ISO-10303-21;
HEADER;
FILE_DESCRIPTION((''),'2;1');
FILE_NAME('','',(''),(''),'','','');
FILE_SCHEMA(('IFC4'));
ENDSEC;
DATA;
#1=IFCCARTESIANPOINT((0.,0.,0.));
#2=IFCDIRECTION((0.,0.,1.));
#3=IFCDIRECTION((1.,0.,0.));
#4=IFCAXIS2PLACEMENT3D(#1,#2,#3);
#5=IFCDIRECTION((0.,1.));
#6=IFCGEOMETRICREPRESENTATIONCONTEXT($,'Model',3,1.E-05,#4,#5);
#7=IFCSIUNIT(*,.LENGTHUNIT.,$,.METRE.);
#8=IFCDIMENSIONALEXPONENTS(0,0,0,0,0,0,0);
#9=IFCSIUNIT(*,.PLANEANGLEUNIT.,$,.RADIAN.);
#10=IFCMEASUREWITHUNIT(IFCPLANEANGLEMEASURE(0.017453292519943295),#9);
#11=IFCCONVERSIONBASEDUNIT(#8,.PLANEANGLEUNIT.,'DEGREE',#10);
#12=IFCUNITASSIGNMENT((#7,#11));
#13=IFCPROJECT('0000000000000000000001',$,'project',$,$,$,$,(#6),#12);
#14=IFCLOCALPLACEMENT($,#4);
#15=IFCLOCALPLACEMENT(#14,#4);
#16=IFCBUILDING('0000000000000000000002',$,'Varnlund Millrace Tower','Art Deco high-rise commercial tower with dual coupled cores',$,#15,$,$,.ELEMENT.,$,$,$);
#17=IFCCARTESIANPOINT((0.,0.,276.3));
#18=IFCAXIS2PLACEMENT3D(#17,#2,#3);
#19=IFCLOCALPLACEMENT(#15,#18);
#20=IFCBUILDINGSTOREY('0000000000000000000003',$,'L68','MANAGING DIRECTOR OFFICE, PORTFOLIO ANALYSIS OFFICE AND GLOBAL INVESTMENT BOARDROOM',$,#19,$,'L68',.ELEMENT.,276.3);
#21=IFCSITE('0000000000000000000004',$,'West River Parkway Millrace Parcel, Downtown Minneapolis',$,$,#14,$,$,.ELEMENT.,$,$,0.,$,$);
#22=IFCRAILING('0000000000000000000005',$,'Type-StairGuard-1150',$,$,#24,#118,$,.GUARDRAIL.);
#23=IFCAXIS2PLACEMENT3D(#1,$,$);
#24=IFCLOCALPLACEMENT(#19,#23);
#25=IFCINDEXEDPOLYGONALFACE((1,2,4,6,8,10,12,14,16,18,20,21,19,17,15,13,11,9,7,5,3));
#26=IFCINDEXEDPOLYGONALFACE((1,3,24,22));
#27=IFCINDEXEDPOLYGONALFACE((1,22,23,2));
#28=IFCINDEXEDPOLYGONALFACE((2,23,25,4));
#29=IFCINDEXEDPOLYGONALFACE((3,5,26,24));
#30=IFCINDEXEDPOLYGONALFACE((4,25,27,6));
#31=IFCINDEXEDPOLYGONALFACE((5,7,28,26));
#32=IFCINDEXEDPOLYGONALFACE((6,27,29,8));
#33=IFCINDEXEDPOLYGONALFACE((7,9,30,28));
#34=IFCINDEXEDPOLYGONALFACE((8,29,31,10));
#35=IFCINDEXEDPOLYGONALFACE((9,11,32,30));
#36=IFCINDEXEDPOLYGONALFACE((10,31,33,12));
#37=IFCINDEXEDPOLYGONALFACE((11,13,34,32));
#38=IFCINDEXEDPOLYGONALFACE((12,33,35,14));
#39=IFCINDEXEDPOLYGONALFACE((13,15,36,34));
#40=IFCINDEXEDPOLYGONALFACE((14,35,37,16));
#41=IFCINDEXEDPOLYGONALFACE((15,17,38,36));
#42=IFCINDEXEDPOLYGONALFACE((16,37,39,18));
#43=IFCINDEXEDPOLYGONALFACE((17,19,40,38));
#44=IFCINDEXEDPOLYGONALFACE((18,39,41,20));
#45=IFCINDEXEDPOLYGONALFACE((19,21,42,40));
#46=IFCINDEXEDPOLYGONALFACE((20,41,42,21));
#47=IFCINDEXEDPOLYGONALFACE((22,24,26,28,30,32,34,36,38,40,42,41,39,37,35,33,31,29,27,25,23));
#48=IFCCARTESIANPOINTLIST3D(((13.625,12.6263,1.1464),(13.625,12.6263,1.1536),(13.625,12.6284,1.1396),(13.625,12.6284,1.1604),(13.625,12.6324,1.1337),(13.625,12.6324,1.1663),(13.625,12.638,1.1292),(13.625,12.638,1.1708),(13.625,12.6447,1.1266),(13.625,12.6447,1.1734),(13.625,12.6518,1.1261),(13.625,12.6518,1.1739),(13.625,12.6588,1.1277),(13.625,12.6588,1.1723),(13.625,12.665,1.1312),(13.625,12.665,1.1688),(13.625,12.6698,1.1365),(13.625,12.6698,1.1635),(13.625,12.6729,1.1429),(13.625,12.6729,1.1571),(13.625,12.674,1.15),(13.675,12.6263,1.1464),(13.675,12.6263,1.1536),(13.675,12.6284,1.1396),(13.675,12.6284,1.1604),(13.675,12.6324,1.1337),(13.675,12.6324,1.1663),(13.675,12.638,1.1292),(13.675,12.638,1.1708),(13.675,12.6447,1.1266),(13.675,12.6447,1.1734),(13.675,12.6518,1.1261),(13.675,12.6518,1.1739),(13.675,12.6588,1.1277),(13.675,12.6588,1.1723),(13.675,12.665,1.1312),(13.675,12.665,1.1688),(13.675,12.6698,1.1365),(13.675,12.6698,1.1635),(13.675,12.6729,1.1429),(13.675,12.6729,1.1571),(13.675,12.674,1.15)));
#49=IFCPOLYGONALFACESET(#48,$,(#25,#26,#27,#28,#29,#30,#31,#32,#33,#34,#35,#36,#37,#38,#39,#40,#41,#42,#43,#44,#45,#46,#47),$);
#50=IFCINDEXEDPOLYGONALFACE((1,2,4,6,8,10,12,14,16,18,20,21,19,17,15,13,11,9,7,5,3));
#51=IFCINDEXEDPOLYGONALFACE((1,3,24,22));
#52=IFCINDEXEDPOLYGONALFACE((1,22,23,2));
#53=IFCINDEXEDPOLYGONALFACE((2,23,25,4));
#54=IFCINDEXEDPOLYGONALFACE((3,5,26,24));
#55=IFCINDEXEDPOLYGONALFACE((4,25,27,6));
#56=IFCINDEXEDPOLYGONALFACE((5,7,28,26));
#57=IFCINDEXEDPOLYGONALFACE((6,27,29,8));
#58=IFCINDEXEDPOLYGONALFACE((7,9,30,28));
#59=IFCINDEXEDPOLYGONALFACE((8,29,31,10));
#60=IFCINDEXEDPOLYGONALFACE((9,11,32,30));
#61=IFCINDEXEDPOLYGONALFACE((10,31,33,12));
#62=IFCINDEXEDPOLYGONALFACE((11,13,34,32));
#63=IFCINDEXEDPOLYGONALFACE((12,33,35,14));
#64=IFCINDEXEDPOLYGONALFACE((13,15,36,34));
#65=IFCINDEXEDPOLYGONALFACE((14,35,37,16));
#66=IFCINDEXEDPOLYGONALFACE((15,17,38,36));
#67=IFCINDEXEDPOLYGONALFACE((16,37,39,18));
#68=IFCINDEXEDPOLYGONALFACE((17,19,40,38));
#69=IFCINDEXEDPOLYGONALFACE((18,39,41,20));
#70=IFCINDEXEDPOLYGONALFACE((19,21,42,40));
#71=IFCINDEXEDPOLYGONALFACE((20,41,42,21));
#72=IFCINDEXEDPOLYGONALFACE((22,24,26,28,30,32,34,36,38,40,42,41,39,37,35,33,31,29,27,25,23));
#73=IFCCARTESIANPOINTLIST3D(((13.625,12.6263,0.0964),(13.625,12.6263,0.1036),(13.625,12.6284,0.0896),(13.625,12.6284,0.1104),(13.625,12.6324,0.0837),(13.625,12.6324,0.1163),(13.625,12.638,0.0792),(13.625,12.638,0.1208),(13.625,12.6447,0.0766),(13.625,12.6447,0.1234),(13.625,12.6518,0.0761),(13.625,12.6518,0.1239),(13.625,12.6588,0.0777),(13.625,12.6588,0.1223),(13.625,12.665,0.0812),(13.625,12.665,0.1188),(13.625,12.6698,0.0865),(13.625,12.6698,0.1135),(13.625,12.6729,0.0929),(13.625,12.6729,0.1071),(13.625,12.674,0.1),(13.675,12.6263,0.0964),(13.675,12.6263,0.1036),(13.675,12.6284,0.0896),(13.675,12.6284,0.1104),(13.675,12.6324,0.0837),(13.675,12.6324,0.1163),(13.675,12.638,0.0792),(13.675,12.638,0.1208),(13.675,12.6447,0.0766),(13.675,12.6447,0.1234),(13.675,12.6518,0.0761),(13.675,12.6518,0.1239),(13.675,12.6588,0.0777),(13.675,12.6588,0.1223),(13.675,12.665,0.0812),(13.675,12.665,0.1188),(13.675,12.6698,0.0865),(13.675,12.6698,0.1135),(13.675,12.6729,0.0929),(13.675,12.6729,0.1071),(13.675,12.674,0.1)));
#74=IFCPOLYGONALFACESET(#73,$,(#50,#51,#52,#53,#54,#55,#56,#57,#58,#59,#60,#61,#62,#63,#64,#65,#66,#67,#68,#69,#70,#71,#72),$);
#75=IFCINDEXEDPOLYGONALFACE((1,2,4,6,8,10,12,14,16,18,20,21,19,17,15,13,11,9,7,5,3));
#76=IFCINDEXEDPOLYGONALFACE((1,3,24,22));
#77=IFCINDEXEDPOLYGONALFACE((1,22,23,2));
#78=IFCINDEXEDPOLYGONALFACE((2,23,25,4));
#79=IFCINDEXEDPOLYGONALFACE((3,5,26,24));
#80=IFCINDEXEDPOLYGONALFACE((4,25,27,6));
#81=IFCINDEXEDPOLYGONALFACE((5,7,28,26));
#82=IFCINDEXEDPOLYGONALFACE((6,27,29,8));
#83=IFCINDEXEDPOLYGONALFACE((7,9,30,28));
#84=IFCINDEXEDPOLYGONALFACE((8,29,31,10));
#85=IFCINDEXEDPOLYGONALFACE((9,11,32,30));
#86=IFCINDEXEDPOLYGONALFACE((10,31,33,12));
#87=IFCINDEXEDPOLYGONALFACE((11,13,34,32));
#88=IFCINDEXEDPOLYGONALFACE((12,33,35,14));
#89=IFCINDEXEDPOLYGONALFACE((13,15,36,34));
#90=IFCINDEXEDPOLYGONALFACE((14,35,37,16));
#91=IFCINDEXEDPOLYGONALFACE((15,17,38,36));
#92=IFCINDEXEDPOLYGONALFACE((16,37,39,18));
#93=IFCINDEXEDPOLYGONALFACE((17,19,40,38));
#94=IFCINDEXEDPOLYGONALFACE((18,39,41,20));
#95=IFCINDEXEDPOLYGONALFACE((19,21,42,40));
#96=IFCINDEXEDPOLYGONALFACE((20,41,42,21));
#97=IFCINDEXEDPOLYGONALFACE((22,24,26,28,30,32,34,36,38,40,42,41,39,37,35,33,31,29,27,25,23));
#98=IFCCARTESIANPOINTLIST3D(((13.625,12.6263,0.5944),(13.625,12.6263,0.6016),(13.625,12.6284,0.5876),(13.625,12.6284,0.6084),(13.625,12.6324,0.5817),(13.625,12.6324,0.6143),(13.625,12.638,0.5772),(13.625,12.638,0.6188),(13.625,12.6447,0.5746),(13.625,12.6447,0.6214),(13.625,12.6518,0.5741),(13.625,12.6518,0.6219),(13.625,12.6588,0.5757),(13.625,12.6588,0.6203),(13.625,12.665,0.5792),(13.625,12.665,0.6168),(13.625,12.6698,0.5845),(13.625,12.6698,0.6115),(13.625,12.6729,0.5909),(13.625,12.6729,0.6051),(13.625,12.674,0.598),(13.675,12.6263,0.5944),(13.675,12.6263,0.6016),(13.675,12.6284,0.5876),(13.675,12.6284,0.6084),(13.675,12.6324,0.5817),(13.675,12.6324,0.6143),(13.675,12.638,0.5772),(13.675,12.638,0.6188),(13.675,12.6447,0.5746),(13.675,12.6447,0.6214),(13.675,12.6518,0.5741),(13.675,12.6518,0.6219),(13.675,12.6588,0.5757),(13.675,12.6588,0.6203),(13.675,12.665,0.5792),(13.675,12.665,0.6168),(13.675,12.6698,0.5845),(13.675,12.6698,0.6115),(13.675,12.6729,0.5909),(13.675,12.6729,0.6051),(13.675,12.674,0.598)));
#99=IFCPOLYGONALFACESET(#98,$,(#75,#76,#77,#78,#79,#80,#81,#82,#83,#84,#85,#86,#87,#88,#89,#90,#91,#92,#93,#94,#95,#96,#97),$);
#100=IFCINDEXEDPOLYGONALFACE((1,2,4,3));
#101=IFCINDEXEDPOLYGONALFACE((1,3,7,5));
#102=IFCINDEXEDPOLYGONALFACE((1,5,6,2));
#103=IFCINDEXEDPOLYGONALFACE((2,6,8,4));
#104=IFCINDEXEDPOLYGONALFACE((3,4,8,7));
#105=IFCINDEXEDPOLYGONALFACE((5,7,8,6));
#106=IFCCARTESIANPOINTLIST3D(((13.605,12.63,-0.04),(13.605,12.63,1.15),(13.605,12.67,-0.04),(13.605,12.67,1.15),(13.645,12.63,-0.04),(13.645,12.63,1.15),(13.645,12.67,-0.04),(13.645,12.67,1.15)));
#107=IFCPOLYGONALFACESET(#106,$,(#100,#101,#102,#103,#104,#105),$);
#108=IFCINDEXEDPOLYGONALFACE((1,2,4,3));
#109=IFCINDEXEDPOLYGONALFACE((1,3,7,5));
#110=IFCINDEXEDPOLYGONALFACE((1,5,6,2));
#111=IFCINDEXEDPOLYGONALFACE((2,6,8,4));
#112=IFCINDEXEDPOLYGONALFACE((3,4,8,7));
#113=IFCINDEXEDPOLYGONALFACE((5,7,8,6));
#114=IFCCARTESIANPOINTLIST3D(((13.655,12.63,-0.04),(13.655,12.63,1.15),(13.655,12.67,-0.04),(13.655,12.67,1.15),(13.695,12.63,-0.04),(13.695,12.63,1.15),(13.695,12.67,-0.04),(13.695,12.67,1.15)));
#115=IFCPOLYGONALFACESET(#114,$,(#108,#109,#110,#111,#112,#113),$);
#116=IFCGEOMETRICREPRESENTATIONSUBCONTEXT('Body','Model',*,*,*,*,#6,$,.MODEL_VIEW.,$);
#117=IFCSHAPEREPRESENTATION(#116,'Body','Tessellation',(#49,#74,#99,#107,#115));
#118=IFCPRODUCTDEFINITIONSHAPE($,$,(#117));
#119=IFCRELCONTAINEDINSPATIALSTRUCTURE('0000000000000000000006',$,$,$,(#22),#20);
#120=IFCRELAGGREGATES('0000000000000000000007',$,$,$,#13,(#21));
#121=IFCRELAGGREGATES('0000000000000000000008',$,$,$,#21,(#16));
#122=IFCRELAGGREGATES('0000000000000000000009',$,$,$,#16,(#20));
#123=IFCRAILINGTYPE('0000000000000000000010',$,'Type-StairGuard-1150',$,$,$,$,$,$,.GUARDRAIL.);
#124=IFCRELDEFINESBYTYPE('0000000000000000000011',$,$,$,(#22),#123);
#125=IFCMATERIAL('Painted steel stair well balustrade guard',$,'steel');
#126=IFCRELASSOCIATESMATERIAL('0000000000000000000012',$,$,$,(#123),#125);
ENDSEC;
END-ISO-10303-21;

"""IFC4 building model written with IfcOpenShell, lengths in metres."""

from ifc_helpers import new_model, entity, si_unit, converted_unit, direction, frame, origin_with_axes, origin_2d_with_axis, place, context, subcontext, project, spatial, rectangle, circle, extrude, material, type_object, element, save


model = new_model("IFC4")

# Units and contexts
model_context = context("Model", 3, precision=1e-05, world=origin_with_axes(), true_north=direction((0.0, 1.0)))
body_context = subcontext(model_context, "Body", "Model", "MODEL_VIEW")
ifc_project = project(units=[si_unit("LENGTHUNIT", "METRE"), converted_unit("PLANEANGLEUNIT", "DEGREE", entity("IfcPlaneAngleMeasure", 0.017453292519943295), si_unit("PLANEANGLEUNIT", "RADIAN"), dimensions=[0, 0, 0, 0, 0, 0, 0])], contexts=[model_context])

# Site, building, storey
site_placement = place(None, origin_with_axes())
site = spatial("IfcSite", under=ifc_project, at=site_placement, Name="West River Parkway Millrace Parcel, Downtown Minneapolis", CompositionType="ELEMENT", RefElevation=0.0)
building_placement = place(site_placement, origin_with_axes())
building = spatial("IfcBuilding", under=site, at=building_placement, Name="Varnlund Millrace Tower", Description="Art Deco high-rise commercial tower with dual coupled cores", CompositionType="ELEMENT")
storey_placement = place(building_placement, frame((0.0, 0.0, 276.3), z_axis=(0.0, 0.0, 1.0), x_axis=(1.0, 0.0, 0.0)))
storey = spatial("IfcBuildingStorey", under=building, at=storey_placement, Name="L68", Description="MANAGING DIRECTOR OFFICE, PORTFOLIO ANALYSIS OFFICE AND GLOBAL INVESTMENT BOARDROOM", LongName="L68", CompositionType="ELEMENT", Elevation=276.3)

# Railing
ifc_material_1 = material(Name="Painted steel stair well balustrade guard", Category="steel")
railing_type_1 = type_object("IfcRailingType", Name="Type-StairGuard-1150", PredefinedType="GUARDRAIL", material=ifc_material_1)
railing_1_placement = place(storey_placement, frame((0.0, 0.0, -276.3), z_axis=(0.0, 0.0, 1.0), x_axis=(1.0, 0.0, 0.0)))
element("IfcRailing", 1, at=railing_1_placement, inside=storey, type_object=railing_type_1, Name="Type-StairGuard-1150", PredefinedType="GUARDRAIL", context=body_context, shape_type="SweptSolid", body=[
    extrude(circle(Radius=0.024, at=origin_2d_with_axis()), frame((13.625, 12.65, 277.45), z_axis=(1.0, 0.0, 0.0), x_axis=(0.0, 1.0, 0.0)), (0.0, 0.0, 1.0), 0.05),
    extrude(circle(Radius=0.024, at=origin_2d_with_axis()), frame((13.625, 12.65, 276.4), z_axis=(1.0, 0.0, 0.0), x_axis=(0.0, 1.0, 0.0)), (0.0, 0.0, 1.0), 0.05),
    extrude(circle(Radius=0.024, at=origin_2d_with_axis()), frame((13.625, 12.65, 276.898), z_axis=(1.0, 0.0, 0.0), x_axis=(0.0, 1.0, 0.0)), (0.0, 0.0, 1.0), 0.05),
    extrude(rectangle(XDim=0.04, YDim=0.04, at=origin_2d_with_axis()), frame((13.625, 12.65, 276.26), z_axis=(0.0, 0.0, 1.0), x_axis=(1.0, 0.0, 0.0)), (0.0, 0.0, 1.0), 1.19),
    extrude(rectangle(XDim=0.04, YDim=0.04, at=origin_2d_with_axis()), frame((13.675, 12.65, 276.26), z_axis=(0.0, 0.0, 1.0), x_axis=(1.0, 0.0, 0.0)), (0.0, 0.0, 1.0), 1.19),
])

save(model, "model.ifc")
